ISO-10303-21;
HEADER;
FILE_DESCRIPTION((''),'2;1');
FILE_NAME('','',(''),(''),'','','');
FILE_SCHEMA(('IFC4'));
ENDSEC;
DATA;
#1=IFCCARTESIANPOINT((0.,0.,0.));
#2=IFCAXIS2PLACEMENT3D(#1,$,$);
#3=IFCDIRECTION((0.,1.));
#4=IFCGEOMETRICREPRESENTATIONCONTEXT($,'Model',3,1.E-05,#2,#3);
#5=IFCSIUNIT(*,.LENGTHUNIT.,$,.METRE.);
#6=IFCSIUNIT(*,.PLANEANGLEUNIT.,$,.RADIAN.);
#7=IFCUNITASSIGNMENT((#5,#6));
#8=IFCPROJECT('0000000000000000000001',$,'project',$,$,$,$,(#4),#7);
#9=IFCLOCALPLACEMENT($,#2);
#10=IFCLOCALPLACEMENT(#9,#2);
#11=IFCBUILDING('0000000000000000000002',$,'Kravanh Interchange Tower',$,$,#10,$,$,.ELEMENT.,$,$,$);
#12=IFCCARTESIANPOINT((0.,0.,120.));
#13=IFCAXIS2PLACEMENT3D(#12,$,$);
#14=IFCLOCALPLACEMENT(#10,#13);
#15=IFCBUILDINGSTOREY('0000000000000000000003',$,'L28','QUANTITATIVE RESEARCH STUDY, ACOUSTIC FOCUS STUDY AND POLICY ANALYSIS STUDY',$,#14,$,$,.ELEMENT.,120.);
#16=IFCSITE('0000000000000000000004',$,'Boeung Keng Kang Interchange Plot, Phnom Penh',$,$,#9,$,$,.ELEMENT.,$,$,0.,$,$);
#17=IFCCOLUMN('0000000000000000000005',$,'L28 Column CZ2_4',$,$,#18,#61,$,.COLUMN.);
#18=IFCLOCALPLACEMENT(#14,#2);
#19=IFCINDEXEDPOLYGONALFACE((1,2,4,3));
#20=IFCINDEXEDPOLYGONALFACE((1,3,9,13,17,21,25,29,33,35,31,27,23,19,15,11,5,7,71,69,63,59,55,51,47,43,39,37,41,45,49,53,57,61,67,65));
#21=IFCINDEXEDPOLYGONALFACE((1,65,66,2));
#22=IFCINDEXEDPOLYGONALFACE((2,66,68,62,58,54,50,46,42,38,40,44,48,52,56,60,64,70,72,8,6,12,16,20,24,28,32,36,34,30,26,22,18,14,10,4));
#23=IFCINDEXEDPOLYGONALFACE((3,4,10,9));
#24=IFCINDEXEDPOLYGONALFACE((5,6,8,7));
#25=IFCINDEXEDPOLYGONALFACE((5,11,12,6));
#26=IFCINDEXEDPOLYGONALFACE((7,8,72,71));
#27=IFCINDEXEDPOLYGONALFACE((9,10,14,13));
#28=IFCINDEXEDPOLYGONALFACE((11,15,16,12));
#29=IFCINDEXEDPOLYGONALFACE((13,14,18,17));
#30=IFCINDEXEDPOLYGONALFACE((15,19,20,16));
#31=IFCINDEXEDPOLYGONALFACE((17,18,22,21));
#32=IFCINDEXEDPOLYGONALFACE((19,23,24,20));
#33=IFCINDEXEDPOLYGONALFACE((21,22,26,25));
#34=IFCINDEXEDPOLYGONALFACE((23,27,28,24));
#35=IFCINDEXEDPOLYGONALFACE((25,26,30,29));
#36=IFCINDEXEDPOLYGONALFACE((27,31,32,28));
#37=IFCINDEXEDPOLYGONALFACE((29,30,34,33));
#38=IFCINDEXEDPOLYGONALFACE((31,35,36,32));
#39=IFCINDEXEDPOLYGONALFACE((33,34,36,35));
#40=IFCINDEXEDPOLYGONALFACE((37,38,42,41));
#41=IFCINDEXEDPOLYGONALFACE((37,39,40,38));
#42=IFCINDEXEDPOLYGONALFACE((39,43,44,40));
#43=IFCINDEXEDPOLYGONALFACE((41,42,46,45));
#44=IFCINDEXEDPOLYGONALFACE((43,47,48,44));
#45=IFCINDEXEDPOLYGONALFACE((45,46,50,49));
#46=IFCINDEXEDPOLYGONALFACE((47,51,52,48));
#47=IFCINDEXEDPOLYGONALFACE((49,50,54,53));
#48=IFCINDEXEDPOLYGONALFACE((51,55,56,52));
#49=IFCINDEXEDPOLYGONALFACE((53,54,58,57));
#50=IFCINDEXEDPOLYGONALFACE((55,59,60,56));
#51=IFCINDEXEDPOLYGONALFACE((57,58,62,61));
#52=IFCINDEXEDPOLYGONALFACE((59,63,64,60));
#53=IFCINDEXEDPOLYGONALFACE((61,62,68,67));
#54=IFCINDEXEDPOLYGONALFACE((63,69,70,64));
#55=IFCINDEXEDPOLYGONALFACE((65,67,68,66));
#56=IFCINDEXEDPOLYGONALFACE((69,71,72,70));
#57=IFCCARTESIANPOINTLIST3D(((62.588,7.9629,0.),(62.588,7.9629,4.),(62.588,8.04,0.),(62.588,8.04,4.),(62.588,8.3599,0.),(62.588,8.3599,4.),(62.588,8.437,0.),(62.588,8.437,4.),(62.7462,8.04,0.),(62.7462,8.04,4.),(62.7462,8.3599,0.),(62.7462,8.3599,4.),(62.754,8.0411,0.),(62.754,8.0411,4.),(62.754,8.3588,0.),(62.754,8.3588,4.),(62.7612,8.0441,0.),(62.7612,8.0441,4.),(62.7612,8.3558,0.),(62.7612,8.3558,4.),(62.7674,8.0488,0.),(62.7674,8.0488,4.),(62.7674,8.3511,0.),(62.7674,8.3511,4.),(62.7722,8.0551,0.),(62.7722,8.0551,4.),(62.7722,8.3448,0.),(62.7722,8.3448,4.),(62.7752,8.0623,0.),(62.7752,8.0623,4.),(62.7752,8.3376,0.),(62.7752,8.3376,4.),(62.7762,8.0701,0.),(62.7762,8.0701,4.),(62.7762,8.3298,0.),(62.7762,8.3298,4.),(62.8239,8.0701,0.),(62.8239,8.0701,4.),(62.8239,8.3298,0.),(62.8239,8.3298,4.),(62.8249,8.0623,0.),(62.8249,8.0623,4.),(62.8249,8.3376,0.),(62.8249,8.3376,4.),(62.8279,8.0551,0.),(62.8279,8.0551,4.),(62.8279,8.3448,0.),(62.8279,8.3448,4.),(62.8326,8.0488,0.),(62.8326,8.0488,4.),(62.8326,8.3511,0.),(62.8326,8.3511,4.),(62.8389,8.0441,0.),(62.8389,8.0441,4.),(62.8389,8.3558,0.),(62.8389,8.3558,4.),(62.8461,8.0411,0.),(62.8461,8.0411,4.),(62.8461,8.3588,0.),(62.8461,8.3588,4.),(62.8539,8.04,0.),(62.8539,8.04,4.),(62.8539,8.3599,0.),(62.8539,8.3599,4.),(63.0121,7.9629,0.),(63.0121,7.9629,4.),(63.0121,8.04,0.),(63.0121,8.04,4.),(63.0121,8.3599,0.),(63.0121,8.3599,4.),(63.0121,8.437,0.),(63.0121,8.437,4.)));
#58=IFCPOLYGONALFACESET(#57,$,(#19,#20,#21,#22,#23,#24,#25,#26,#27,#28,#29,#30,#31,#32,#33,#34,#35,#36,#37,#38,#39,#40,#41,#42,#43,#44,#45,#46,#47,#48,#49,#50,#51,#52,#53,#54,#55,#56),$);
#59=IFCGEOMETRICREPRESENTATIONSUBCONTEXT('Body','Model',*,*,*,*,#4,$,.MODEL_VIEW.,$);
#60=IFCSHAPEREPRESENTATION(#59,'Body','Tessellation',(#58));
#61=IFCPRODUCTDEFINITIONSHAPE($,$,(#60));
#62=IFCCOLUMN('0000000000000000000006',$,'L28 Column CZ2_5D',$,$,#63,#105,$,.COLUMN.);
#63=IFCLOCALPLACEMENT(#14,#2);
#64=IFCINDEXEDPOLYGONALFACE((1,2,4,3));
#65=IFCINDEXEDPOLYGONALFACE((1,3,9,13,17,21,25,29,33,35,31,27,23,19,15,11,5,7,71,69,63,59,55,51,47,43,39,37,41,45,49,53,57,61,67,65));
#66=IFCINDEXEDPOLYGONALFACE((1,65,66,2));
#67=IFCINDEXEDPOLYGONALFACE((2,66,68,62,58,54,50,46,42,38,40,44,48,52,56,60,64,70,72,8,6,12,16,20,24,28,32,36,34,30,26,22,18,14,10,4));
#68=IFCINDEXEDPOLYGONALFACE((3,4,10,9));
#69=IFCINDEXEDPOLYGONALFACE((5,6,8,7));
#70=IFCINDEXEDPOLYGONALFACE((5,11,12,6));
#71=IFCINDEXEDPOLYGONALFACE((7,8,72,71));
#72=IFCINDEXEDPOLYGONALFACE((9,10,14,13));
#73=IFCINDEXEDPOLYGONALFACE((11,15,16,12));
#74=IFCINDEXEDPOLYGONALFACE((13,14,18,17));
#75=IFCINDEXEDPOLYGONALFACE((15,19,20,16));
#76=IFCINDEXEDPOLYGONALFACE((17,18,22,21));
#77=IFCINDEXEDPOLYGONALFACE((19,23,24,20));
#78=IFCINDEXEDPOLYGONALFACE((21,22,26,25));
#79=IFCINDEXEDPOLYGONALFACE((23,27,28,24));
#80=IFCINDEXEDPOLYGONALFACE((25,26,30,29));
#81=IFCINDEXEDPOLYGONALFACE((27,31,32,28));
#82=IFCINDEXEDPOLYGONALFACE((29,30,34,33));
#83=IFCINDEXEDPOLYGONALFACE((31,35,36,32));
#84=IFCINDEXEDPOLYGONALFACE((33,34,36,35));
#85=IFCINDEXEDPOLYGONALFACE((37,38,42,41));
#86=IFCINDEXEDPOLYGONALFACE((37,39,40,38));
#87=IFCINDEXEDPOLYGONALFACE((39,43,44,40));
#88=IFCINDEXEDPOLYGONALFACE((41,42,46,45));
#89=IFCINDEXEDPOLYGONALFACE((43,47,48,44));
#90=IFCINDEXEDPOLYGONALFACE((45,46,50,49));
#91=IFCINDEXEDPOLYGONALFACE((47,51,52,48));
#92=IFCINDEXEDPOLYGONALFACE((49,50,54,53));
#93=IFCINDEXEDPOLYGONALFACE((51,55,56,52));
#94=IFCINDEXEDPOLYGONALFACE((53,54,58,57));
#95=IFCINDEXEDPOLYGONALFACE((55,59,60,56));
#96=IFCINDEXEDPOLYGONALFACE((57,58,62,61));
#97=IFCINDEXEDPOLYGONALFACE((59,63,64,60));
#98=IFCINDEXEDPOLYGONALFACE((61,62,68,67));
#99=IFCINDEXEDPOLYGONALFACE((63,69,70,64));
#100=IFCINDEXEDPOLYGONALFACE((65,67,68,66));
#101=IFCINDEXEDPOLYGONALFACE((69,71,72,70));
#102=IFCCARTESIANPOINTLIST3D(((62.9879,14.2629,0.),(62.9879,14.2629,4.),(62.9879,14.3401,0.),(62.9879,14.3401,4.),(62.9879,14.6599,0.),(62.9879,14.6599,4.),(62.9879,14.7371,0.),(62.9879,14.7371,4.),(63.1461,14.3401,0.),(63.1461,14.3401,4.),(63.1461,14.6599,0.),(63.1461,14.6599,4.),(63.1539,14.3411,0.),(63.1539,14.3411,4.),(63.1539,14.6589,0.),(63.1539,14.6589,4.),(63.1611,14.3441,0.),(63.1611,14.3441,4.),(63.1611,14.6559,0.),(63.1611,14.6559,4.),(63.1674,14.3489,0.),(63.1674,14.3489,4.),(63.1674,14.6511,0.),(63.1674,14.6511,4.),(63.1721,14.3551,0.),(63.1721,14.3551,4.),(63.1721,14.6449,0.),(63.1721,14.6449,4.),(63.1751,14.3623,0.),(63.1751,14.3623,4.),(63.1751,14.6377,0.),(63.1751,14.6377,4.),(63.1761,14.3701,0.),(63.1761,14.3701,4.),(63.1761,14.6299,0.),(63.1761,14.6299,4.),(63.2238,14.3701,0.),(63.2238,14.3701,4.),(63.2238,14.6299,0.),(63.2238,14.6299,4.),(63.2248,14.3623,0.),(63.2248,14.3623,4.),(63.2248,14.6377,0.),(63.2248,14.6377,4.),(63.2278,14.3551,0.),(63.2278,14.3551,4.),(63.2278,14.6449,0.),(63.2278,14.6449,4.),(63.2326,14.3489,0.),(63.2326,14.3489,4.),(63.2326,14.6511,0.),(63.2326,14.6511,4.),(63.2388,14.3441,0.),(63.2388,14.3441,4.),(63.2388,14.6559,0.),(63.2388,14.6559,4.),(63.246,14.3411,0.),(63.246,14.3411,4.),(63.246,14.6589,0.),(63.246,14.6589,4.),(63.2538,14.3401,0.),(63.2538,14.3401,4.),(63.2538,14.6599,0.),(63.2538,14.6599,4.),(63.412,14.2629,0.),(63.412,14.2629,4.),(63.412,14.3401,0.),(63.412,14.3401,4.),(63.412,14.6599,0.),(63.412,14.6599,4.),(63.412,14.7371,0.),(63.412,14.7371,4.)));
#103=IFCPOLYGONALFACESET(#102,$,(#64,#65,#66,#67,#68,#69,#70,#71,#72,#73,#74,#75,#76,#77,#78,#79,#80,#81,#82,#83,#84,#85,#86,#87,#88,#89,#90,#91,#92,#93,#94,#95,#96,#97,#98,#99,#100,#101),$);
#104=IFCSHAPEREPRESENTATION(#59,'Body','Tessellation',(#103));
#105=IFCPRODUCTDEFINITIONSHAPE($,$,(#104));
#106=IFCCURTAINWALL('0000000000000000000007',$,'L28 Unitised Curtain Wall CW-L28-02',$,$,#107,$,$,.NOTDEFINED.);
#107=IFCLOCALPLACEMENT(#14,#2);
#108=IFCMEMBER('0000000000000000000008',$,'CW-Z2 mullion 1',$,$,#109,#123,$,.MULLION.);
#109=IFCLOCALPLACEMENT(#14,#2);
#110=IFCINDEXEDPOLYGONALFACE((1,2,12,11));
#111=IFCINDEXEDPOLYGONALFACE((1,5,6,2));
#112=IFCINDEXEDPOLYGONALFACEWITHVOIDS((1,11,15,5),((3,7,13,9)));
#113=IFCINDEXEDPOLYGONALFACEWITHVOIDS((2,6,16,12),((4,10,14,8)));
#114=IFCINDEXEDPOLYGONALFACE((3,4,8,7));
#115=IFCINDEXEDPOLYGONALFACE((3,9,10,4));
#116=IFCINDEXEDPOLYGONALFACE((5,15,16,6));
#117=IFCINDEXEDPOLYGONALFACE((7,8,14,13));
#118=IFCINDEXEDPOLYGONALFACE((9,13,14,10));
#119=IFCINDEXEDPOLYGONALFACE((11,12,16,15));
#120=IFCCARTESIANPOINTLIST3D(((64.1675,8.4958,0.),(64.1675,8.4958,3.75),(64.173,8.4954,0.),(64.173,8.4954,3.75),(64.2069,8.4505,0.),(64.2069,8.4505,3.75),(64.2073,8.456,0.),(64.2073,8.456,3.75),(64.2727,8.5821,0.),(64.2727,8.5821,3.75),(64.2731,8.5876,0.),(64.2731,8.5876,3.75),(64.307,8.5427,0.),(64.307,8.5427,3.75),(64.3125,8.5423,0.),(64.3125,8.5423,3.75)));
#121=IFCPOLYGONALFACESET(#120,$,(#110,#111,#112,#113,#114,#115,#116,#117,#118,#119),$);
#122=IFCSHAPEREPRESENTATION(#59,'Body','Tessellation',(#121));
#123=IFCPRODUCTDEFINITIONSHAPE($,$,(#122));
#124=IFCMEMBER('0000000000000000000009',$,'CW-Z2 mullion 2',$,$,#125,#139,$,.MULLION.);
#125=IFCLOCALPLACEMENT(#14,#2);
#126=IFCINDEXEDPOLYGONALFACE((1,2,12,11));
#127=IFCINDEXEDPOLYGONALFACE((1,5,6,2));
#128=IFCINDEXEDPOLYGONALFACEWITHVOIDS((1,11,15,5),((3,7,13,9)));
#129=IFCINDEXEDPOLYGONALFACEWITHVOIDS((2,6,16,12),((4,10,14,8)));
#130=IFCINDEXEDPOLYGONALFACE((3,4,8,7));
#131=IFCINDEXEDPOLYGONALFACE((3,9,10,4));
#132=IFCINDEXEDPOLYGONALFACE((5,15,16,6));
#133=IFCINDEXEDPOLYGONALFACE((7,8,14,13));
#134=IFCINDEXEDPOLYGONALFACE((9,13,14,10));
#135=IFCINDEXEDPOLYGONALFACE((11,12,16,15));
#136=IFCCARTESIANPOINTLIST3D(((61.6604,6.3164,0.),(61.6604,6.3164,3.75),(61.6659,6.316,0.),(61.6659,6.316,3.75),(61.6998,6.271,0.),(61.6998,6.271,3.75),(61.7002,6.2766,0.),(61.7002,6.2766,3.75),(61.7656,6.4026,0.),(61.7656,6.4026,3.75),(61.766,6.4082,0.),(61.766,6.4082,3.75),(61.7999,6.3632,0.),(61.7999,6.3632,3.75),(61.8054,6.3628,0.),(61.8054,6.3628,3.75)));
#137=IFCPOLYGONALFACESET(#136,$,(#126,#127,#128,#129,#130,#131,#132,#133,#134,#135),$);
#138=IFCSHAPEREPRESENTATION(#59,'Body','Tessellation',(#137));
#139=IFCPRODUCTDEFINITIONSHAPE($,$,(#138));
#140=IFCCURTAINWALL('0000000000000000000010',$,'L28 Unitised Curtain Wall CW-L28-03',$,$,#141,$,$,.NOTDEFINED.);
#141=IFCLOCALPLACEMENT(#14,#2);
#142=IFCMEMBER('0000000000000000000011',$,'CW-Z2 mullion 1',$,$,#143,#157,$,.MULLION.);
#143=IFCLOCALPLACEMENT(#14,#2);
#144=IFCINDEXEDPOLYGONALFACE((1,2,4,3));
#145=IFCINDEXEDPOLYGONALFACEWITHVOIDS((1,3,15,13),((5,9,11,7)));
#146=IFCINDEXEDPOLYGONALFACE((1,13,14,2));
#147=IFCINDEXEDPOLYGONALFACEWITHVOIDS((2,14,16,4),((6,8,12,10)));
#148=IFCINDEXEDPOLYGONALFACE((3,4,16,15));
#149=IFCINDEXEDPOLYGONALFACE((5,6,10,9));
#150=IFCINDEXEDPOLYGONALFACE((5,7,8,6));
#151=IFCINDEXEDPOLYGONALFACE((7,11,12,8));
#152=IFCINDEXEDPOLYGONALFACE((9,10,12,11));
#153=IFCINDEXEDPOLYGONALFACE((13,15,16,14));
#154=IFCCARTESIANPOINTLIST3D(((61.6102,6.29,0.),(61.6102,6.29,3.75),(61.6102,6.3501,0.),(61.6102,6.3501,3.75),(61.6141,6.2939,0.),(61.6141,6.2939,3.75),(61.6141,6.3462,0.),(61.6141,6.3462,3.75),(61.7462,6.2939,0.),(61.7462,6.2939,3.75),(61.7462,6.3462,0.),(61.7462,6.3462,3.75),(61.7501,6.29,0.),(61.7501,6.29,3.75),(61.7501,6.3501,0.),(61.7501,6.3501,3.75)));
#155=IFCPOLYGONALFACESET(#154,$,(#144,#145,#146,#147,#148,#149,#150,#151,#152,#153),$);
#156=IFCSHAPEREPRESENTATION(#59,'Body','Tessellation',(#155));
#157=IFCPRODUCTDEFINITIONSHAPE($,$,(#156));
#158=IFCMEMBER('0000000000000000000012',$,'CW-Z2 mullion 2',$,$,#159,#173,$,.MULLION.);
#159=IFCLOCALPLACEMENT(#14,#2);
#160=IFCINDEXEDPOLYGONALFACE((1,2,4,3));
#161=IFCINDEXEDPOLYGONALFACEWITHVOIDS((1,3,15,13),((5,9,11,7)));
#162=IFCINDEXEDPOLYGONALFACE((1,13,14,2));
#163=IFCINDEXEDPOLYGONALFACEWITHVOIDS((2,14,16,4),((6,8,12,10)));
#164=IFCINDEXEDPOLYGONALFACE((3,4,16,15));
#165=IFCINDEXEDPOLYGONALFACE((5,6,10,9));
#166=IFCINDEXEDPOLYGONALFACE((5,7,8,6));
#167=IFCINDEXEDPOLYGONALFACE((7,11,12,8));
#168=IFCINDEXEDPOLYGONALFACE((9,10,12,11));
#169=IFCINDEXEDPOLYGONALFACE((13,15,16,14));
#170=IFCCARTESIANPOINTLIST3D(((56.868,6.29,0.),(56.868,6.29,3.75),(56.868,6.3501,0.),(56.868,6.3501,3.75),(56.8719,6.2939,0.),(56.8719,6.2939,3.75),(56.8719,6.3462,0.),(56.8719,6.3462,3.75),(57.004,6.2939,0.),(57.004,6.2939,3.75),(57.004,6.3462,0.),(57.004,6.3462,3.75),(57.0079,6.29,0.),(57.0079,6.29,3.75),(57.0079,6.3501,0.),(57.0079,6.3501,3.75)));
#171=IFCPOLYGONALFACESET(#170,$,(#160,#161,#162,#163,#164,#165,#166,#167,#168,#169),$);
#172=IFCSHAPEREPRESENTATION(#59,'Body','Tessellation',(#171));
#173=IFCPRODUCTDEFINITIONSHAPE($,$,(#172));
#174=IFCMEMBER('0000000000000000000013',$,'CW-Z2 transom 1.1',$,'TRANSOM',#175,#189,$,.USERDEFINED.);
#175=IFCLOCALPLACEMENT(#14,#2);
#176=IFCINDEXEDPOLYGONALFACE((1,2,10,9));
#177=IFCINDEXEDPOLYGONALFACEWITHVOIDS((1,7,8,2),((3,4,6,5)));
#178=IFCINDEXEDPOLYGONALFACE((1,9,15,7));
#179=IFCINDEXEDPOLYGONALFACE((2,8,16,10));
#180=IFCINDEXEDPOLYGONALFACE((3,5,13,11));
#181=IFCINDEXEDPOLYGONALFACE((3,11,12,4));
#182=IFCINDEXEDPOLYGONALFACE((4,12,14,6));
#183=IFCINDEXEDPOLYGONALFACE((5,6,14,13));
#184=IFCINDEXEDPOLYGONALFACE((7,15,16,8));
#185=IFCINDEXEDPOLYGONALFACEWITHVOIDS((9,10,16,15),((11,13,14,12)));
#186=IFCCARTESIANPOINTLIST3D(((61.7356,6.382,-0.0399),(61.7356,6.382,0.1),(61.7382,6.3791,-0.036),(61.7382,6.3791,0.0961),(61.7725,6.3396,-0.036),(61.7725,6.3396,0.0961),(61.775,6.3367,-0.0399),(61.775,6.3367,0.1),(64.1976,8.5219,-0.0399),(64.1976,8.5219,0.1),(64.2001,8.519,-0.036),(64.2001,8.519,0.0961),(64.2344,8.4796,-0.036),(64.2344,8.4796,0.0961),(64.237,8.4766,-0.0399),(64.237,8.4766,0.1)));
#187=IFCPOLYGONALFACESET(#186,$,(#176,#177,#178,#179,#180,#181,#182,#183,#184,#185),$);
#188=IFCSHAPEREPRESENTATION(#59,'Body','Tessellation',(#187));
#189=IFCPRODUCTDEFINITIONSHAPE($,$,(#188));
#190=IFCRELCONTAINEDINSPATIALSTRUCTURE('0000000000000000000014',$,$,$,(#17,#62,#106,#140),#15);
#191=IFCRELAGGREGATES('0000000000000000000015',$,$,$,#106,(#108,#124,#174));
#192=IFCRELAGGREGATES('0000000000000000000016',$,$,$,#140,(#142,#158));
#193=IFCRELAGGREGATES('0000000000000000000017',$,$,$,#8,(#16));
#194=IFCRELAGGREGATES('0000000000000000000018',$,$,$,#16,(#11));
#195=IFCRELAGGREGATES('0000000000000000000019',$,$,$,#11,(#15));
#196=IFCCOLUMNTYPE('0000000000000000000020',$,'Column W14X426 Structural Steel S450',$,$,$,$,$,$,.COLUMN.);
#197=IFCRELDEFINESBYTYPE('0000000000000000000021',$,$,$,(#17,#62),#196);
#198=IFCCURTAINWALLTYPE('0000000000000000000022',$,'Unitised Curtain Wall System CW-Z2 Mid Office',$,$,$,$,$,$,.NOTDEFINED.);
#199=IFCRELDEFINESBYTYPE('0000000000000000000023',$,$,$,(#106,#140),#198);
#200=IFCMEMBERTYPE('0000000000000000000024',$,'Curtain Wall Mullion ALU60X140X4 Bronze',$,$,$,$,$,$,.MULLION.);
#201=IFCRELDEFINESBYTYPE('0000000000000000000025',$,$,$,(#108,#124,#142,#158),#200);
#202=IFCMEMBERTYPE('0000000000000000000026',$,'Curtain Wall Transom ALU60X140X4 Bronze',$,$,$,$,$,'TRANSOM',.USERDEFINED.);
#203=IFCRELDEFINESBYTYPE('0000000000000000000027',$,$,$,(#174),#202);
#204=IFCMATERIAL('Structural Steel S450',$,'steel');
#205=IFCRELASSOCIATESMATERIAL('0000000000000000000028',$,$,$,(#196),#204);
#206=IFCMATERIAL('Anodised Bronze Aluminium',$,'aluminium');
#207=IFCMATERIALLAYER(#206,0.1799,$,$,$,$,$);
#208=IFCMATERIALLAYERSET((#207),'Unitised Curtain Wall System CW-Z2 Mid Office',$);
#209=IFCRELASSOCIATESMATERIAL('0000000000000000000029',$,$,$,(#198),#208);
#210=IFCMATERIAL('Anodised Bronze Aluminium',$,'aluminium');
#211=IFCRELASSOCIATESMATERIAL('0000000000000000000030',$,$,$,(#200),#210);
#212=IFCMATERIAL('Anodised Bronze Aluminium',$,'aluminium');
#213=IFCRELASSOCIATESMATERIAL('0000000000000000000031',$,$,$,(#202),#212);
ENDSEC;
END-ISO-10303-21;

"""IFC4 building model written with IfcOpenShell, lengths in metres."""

from ifc_helpers import new_model, si_unit, direction, frame, origin, origin_2d, place, context, subcontext, project, spatial, hollow_rectangle, i_section, extrude, material, layer, layer_set, material_profile, profile_set, type_object, element, aggregate, save


model = new_model("IFC4")

# Units and contexts
model_context = context("Model", 3, precision=1e-05, world=origin(), true_north=direction((0.0, 1.0)))
body_context = subcontext(model_context, "Body", "Model", "MODEL_VIEW")
ifc_project = project(units=[si_unit("LENGTHUNIT", "METRE"), si_unit("PLANEANGLEUNIT", "RADIAN")], contexts=[model_context])

# Site, building, storey
site_placement = place(None, origin())
site = spatial("IfcSite", under=ifc_project, at=site_placement, Name="Boeung Keng Kang Interchange Plot, Phnom Penh", CompositionType="ELEMENT", RefElevation=0.0)
building_placement = place(site_placement, origin())
building = spatial("IfcBuilding", under=site, at=building_placement, Name="Kravanh Interchange Tower", CompositionType="ELEMENT")
storey_placement = place(building_placement, frame((0.0, 0.0, 120.0)))
storey = spatial("IfcBuildingStorey", under=building, at=storey_placement, Name="L28", Description="QUANTITATIVE RESEARCH STUDY, ACOUSTIC FOCUS STUDY AND POLICY ANALYSIS STUDY", CompositionType="ELEMENT", Elevation=120.0)

# Columns
ifc_material_1 = material(Name="Structural Steel S450", Category="steel")
ifc_material_profile_1 = material_profile(ifc_material_1, i_section(OverallWidth=0.4241, OverallDepth=0.4741, WebThickness=0.0476, FlangeThickness=0.0771, FilletRadius=0.03, at=origin_2d()), Name="W14X426")
ifc_profile_set_1 = profile_set([ifc_material_profile_1], Name="Structural Steel S450")
column_type = type_object("IfcColumnType", Name="Column W14X426 Structural Steel S450", PredefinedType="COLUMN", material=ifc_profile_set_1)
for number, where, z_axis, x_axis, name in (
    (1, (62.8, 8.2, 0.0), (0.0, 0.0, 1.0), (1.0, 0.0, 0.0), "L28 Column CZ2_4"),
    (2, (63.2, 14.5, 0.0), (0.0, 0.0, 1.0), (1.0, 0.0, 0.0), "L28 Column CZ2_5D"),
):
    element("IfcColumn", number, at=place(storey_placement, frame(where, z_axis=z_axis, x_axis=x_axis)), inside=storey, type_object=column_type, Name=name, PredefinedType="COLUMN", context=body_context, shape_type="SweptSolid", body=[
        extrude(i_section(OverallWidth=0.4241, OverallDepth=0.4741, WebThickness=0.0476, FlangeThickness=0.0771, FilletRadius=0.03, at=origin_2d()), origin(), (0.0, 0.0, 1.0), 4.0),
    ])

# Curtain walls, members
ifc_material_2 = material(Name="Anodised Bronze Aluminium", Category="aluminium")
ifc_layer_1 = layer(ifc_material_2, 0.1799)
ifc_layer_set_1 = layer_set([ifc_layer_1], Name="Unitised Curtain Wall System CW-Z2 Mid Office")
curtain_wall_type = type_object("IfcCurtainWallType", Name="Unitised Curtain Wall System CW-Z2 Mid Office", PredefinedType="NOTDEFINED", material=ifc_layer_set_1)
curtain_wall_1_placement = place(storey_placement, origin())
curtain_wall_1 = element("IfcCurtainWall", 3, at=curtain_wall_1_placement, inside=storey, type_object=curtain_wall_type, Name="L28 Unitised Curtain Wall CW-L28-02", PredefinedType="NOTDEFINED")
ifc_material_3 = material(Name="Anodised Bronze Aluminium", Category="aluminium")
ifc_material_profile_2 = material_profile(ifc_material_3, hollow_rectangle(XDim=0.0601, YDim=0.1399, WallThickness=0.0039, at=origin_2d()), Name="ALU60X140X4")
ifc_profile_set_2 = profile_set([ifc_material_profile_2], Name="Anodised Bronze Aluminium")
member_type_1 = type_object("IfcMemberType", Name="Curtain Wall Mullion ALU60X140X4 Bronze", PredefinedType="MULLION", material=ifc_profile_set_2)
member_1_placement = place(storey_placement, frame((64.24, 8.519, 0.0), z_axis=(0.0, 0.0, 1.0), x_axis=(0.656048, -0.754719, 0.0)))
member_1 = element("IfcMember", 4, at=member_1_placement, type_object=member_type_1, Name="CW-Z2 mullion 1", PredefinedType="MULLION", context=body_context, shape_type="SweptSolid", body=[
    extrude(hollow_rectangle(XDim=0.0601, YDim=0.1399, WallThickness=0.0039, at=origin_2d()), origin(), (0.0, 0.0, 1.0), 3.75),
])
member_2_placement = place(storey_placement, frame((61.7329, 6.3396, 0.0), z_axis=(0.0, 0.0, 1.0), x_axis=(0.656048, -0.754719, 0.0)))
member_2 = element("IfcMember", 5, at=member_2_placement, type_object=member_type_1, Name="CW-Z2 mullion 2", PredefinedType="MULLION", context=body_context, shape_type="SweptSolid", body=[
    extrude(hollow_rectangle(XDim=0.0601, YDim=0.1399, WallThickness=0.0039, at=origin_2d()), origin(), (0.0, 0.0, 1.0), 3.75),
])
curtain_wall_2_placement = place(storey_placement, origin())
curtain_wall_2 = element("IfcCurtainWall", 6, at=curtain_wall_2_placement, inside=storey, type_object=curtain_wall_type, Name="L28 Unitised Curtain Wall CW-L28-03", PredefinedType="NOTDEFINED")
member_3_placement = place(storey_placement, frame((61.6802, 6.3201, 0.0), z_axis=(0.0, 0.0, 1.0), x_axis=(0.0, -1.0, 0.0)))
member_3 = element("IfcMember", 7, at=member_3_placement, type_object=member_type_1, Name="CW-Z2 mullion 1", PredefinedType="MULLION", context=body_context, shape_type="SweptSolid", body=[
    extrude(hollow_rectangle(XDim=0.0601, YDim=0.1399, WallThickness=0.0039, at=origin_2d()), origin(), (0.0, 0.0, 1.0), 3.75),
])
member_4_placement = place(storey_placement, frame((56.938, 6.3201, 0.0), z_axis=(0.0, 0.0, 1.0), x_axis=(0.0, -1.0, 0.0)))
member_4 = element("IfcMember", 8, at=member_4_placement, type_object=member_type_1, Name="CW-Z2 mullion 2", PredefinedType="MULLION", context=body_context, shape_type="SweptSolid", body=[
    extrude(hollow_rectangle(XDim=0.0601, YDim=0.1399, WallThickness=0.0039, at=origin_2d()), origin(), (0.0, 0.0, 1.0), 3.75),
])

# Member
ifc_material_4 = material(Name="Anodised Bronze Aluminium", Category="aluminium")
ifc_material_profile_3 = material_profile(ifc_material_4, hollow_rectangle(XDim=0.0601, YDim=0.1399, WallThickness=0.0039, at=origin_2d()), Name="ALU60X140X4")
ifc_profile_set_3 = profile_set([ifc_material_profile_3], Name="Anodised Bronze Aluminium")
member_type_2 = type_object("IfcMemberType", Name="Curtain Wall Transom ALU60X140X4 Bronze", ElementType="TRANSOM", PredefinedType="USERDEFINED", material=ifc_profile_set_3)
member_5_placement = place(storey_placement, frame((64.2173, 8.4993, 0.03), z_axis=(-0.754742, -0.656021, 0.0), x_axis=(0.656021, -0.754742, 0.0)))
member_5 = element("IfcMember", 9, at=member_5_placement, type_object=member_type_2, Name="CW-Z2 transom 1.1", ObjectType="TRANSOM", PredefinedType="USERDEFINED", context=body_context, shape_type="SweptSolid", body=[
    extrude(hollow_rectangle(XDim=0.0601, YDim=0.1399, WallThickness=0.0039, at=origin_2d()), origin(), (0.0, 0.0, 1.0), 3.262),
])

aggregate(curtain_wall_1, [member_1, member_2, member_5])
aggregate(curtain_wall_2, [member_3, member_4])

save(model, "model.ifc")
